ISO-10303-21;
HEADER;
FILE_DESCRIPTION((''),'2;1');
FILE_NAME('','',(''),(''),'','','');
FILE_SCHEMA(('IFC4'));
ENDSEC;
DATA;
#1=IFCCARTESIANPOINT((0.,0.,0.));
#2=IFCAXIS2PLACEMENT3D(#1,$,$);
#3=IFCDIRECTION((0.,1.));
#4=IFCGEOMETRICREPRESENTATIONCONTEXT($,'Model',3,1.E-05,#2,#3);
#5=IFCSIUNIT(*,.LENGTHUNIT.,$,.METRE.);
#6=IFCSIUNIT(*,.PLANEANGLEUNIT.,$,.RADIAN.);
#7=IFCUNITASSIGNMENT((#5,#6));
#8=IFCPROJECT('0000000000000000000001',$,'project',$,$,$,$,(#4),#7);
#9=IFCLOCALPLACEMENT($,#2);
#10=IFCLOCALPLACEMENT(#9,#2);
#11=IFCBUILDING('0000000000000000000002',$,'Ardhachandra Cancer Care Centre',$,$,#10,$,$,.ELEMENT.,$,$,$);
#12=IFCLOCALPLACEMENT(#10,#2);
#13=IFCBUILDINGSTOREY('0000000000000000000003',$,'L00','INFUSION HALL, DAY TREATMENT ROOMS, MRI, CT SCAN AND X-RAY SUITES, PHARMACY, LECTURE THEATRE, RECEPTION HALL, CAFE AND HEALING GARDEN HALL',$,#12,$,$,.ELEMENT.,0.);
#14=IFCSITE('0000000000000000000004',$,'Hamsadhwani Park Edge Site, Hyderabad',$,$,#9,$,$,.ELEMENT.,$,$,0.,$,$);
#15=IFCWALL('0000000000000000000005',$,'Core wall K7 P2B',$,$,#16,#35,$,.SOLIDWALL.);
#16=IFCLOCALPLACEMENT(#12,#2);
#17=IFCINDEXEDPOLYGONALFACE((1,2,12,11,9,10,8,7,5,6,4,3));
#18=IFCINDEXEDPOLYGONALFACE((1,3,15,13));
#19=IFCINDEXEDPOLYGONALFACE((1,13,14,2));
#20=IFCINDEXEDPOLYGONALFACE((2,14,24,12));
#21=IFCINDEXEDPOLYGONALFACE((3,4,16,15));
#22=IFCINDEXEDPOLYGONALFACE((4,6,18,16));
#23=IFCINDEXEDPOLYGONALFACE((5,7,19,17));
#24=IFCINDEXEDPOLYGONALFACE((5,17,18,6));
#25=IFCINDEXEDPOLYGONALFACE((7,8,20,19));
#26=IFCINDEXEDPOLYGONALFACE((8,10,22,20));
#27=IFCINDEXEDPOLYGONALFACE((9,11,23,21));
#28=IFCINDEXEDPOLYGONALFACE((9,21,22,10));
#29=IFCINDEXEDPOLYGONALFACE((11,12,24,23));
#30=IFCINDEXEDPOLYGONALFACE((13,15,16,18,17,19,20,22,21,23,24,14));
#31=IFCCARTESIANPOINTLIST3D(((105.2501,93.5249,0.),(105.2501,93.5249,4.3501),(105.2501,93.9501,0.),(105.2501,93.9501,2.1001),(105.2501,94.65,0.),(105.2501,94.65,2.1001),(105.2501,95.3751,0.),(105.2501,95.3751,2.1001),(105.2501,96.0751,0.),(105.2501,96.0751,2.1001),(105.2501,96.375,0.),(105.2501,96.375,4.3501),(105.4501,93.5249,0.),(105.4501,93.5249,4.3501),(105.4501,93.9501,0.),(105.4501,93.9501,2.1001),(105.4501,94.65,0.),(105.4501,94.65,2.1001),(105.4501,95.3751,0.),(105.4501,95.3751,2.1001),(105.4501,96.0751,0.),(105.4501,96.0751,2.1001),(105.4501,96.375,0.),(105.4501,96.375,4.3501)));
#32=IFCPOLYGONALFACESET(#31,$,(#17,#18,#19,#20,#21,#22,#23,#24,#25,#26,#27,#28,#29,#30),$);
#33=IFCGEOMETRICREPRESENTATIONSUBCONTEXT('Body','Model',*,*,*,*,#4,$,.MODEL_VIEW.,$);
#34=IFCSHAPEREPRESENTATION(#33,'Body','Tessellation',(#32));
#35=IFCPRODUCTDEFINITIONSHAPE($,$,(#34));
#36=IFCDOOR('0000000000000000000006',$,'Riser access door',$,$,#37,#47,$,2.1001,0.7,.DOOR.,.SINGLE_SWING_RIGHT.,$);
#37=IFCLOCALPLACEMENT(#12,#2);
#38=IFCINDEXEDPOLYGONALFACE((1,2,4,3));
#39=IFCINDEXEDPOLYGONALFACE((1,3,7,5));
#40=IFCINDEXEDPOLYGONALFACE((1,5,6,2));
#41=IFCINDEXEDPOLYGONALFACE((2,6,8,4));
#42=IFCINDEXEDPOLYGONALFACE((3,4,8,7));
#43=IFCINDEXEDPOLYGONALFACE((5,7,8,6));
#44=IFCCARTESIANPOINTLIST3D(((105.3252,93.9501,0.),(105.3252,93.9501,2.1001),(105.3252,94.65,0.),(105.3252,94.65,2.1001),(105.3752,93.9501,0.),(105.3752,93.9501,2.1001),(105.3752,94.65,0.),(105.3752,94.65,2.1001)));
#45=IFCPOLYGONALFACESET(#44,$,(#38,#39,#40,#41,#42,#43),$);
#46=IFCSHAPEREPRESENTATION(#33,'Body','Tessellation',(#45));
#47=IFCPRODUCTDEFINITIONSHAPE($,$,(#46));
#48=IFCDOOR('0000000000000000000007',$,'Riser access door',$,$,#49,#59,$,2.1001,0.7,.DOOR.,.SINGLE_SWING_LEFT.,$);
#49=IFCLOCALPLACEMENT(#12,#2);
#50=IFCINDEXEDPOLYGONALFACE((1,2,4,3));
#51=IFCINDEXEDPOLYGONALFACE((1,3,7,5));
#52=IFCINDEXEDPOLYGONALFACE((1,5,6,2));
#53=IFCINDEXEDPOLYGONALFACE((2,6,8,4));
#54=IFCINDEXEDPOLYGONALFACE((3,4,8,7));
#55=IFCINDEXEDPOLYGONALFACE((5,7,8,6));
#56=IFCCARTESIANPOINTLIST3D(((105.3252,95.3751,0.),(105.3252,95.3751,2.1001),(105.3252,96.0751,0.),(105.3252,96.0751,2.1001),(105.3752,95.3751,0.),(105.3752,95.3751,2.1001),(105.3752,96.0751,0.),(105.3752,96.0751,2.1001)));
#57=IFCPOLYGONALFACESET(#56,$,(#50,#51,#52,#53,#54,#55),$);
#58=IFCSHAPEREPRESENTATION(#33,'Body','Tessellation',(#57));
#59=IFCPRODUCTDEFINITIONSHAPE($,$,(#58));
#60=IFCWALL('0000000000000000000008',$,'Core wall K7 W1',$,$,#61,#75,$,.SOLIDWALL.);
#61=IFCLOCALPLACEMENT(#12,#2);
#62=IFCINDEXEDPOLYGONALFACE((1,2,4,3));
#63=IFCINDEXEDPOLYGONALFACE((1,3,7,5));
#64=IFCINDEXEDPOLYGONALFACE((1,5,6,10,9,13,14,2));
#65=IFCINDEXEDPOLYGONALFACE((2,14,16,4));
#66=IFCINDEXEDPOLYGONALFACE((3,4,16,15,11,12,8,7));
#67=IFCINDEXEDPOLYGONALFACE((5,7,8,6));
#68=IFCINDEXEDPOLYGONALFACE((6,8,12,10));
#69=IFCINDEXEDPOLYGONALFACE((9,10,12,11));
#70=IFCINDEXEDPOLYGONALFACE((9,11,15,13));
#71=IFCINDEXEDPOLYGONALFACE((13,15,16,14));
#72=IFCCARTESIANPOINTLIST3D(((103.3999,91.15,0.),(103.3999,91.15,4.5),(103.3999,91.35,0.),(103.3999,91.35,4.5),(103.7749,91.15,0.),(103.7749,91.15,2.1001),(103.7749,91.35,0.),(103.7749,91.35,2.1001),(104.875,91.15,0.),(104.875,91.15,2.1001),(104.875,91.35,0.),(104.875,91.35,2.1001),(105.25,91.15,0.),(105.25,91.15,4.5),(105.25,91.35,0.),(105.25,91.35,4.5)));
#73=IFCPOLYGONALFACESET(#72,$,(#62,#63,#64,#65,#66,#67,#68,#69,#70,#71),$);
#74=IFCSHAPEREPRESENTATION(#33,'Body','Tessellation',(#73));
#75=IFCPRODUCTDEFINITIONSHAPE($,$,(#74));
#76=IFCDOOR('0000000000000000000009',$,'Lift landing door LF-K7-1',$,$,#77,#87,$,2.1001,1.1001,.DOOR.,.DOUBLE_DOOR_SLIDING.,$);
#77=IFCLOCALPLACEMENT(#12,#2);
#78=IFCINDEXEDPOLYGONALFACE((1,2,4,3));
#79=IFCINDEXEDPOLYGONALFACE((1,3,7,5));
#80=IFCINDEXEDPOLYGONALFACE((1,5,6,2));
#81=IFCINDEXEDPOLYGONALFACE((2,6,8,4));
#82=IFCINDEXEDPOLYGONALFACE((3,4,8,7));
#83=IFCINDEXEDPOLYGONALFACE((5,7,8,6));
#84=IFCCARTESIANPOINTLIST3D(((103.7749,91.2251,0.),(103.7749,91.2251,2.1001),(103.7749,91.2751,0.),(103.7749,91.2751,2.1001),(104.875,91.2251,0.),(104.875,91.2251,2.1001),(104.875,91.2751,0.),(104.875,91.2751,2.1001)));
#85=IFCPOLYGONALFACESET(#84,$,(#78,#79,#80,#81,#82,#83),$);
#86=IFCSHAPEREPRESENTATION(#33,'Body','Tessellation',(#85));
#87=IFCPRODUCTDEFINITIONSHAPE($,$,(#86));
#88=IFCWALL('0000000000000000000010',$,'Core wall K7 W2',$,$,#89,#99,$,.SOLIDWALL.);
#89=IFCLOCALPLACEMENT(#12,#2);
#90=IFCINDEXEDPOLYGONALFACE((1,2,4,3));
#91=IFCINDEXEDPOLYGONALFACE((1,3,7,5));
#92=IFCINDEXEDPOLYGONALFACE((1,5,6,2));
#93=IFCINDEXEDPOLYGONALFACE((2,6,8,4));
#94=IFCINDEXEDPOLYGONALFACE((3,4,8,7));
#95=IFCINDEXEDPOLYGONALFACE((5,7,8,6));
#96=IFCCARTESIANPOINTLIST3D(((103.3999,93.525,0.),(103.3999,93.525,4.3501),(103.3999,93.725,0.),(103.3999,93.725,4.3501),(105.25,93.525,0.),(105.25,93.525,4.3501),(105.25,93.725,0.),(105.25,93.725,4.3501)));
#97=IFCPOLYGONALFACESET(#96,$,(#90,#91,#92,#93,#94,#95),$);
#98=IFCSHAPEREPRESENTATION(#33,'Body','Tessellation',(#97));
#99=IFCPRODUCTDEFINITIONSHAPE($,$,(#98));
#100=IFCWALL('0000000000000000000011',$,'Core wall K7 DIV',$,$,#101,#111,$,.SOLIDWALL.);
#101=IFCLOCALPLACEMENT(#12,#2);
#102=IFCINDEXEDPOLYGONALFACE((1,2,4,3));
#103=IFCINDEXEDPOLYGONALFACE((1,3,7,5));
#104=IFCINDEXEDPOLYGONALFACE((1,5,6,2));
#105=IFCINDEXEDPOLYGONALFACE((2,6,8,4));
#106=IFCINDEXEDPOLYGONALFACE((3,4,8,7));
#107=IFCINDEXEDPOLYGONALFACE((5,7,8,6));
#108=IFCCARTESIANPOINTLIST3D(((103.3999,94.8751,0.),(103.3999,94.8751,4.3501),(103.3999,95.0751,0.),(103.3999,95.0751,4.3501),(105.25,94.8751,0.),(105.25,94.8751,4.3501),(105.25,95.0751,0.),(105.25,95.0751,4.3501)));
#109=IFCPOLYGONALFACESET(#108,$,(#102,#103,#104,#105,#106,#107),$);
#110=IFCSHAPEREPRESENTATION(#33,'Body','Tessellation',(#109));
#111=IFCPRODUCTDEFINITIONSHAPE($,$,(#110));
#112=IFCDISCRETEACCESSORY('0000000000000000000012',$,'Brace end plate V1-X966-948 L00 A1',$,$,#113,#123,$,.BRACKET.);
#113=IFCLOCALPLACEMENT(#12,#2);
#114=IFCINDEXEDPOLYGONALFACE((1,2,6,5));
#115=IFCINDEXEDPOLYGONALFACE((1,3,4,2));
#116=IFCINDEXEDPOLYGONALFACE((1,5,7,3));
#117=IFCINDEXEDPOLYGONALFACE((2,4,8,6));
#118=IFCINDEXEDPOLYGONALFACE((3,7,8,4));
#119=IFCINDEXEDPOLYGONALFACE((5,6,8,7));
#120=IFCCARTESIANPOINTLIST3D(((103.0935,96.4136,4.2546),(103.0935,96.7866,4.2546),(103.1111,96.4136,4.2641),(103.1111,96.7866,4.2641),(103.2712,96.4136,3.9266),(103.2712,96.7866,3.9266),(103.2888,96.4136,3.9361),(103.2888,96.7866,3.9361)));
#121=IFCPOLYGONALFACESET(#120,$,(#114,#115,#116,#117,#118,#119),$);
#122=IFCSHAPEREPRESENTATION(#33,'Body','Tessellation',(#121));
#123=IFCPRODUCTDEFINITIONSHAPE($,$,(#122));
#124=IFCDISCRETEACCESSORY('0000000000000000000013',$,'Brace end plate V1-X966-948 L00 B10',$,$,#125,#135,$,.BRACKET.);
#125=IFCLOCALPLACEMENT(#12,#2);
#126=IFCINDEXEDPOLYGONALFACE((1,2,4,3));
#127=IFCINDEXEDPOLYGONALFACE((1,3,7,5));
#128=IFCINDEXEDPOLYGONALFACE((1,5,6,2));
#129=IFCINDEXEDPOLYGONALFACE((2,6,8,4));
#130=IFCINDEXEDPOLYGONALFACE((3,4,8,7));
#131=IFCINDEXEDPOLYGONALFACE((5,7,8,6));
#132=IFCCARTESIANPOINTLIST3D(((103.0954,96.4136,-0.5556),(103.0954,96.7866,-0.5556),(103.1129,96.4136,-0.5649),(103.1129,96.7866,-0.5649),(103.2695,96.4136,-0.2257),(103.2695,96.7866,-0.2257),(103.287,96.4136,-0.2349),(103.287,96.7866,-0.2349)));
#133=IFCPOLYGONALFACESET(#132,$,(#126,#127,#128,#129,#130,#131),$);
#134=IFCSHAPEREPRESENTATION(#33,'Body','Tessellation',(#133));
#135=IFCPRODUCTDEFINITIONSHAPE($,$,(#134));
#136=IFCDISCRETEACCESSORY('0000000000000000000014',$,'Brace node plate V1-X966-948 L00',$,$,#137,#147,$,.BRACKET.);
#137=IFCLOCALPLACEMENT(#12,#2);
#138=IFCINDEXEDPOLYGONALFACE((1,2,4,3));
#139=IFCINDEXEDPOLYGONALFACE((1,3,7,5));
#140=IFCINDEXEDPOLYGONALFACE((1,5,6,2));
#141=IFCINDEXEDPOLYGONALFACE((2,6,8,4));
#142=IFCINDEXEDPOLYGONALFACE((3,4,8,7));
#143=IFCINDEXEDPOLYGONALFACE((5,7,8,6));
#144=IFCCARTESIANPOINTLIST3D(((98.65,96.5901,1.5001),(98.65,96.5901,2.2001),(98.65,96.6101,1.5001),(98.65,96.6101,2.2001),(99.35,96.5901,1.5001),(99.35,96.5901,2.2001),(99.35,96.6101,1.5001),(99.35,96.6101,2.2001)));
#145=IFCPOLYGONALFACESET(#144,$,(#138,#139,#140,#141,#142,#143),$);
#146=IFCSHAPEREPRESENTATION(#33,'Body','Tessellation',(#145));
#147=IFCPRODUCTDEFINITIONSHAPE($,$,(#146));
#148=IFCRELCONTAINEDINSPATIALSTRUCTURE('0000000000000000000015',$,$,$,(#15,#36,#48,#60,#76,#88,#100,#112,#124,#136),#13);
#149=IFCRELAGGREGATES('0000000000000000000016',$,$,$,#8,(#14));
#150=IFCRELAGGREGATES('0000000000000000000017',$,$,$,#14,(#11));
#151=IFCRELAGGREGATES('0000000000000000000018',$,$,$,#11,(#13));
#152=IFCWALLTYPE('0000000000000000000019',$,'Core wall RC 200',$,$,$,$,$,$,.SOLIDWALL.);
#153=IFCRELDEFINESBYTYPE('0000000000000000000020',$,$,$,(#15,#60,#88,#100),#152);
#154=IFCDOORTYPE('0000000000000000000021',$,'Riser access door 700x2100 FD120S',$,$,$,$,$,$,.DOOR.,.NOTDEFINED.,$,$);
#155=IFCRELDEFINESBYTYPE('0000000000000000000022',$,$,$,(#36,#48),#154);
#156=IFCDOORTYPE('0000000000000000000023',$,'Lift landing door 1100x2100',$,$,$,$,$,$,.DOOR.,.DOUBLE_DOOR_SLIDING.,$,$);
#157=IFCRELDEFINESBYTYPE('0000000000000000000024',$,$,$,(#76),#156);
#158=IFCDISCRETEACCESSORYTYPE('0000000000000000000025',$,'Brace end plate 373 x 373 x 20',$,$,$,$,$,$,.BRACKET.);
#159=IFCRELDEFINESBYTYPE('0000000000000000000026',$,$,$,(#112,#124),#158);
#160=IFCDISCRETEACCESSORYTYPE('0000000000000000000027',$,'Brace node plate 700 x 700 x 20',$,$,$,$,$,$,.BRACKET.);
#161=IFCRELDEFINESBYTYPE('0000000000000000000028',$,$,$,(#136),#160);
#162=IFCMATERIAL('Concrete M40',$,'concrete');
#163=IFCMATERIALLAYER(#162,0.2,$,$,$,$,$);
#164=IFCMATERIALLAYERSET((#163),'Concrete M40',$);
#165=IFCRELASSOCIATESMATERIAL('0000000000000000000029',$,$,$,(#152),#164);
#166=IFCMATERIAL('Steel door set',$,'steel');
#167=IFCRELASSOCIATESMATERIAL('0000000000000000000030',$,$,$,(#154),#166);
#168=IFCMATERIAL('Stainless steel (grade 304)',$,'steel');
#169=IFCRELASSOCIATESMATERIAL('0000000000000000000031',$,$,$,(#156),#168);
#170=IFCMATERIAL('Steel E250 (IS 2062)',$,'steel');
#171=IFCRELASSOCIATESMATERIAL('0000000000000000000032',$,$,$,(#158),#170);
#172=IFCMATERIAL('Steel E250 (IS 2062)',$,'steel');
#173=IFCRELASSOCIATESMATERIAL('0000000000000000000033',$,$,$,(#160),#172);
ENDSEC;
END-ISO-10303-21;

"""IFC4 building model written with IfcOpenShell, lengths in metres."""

from ifc_helpers import new_model, si_unit, direction, frame, frame_2d, origin, origin_2d, place, context, subcontext, project, spatial, rectangle, extrude, material, layer, layer_set, material_profile, profile_set, type_object, element, fill, save


model = new_model("IFC4")

# Units and contexts
model_context = context("Model", 3, precision=1e-05, world=origin(), true_north=direction((0.0, 1.0)))
body_context = subcontext(model_context, "Body", "Model", "MODEL_VIEW")
ifc_project = project(units=[si_unit("LENGTHUNIT", "METRE"), si_unit("PLANEANGLEUNIT", "RADIAN")], contexts=[model_context])

# Site, building, storey
site_placement = place(None, origin())
site = spatial("IfcSite", under=ifc_project, at=site_placement, Name="Hamsadhwani Park Edge Site, Hyderabad", CompositionType="ELEMENT", RefElevation=0.0)
building_placement = place(site_placement, origin())
building = spatial("IfcBuilding", under=site, at=building_placement, Name="Ardhachandra Cancer Care Centre", CompositionType="ELEMENT")
storey_placement = place(building_placement, origin())
storey = spatial("IfcBuildingStorey", under=building, at=storey_placement, Name="L00", Description="INFUSION HALL, DAY TREATMENT ROOMS, MRI, CT SCAN AND X-RAY SUITES, PHARMACY, LECTURE THEATRE, RECEPTION HALL, CAFE AND HEALING GARDEN HALL", CompositionType="ELEMENT", Elevation=0.0)

# Wall, openings, doors
ifc_material_1 = material(Name="Concrete M40", Category="concrete")
ifc_layer_1 = layer(ifc_material_1, 0.2)
ifc_layer_set_1 = layer_set([ifc_layer_1], Name="Concrete M40")
wall_type = type_object("IfcWallType", Name="Core wall RC 200", PredefinedType="SOLIDWALL", material=ifc_layer_set_1)
wall_1_placement = place(storey_placement, frame((105.3501, 93.5249, 0.0), z_axis=(0.0, 0.0, 1.0), x_axis=(0.0, 1.0, 0.0)))
wall_1 = element("IfcWall", 1, at=wall_1_placement, inside=storey, type_object=wall_type, Name="Core wall K7 P2B", PredefinedType="SOLIDWALL", context=body_context, shape_type="SweptSolid", body=[
    extrude(rectangle(XDim=2.8501, YDim=0.2, at=frame_2d((1.425, 0.0))), origin(), (0.0, 0.0, 1.0), 4.3501),
])
opening_1_placement = place(wall_1_placement, frame((0.425, 0.0, 0.0)))
opening_1 = element("IfcOpeningElement", 2, at=opening_1_placement, cuts=wall_1, PredefinedType="OPENING", context=body_context, shape_type="SweptSolid", body=[
    extrude(rectangle(XDim=0.7, YDim=2.1001, at=frame_2d((0.3501, 1.05))), frame((0.0, 0.1099, 0.0), z_axis=(0.0, -1.0, 0.0), x_axis=(1.0, 0.0, 0.0)), (0.0, 0.0, 1.0), 0.22),
])
opening_2_placement = place(wall_1_placement, frame((1.8501, 0.0, 0.0)))
opening_2 = element("IfcOpeningElement", 3, at=opening_2_placement, cuts=wall_1, PredefinedType="OPENING", context=body_context, shape_type="SweptSolid", body=[
    extrude(rectangle(XDim=0.7, YDim=2.1001, at=frame_2d((0.3501, 1.05))), frame((0.0, 0.1099, 0.0), z_axis=(0.0, -1.0, 0.0), x_axis=(1.0, 0.0, 0.0)), (0.0, 0.0, 1.0), 0.22),
])
ifc_material_2 = material(Name="Steel door set", Category="steel")
door_type_1 = type_object("IfcDoorType", Name="Riser access door 700x2100 FD120S", OperationType="NOTDEFINED", PredefinedType="DOOR", material=ifc_material_2)
door_1_placement = place(opening_1_placement, origin())
door_1 = element("IfcDoor", 4, at=door_1_placement, inside=storey, type_object=door_type_1, Name="Riser access door", OperationType="SINGLE_SWING_RIGHT", OverallHeight=2.1001, OverallWidth=0.7, PredefinedType="DOOR", context=body_context, shape_type="SweptSolid", body=[
    extrude(rectangle(XDim=0.7, YDim=2.1001, at=frame_2d((0.3501, 1.05))), frame((0.0, 0.0249, 0.0), z_axis=(0.0, -1.0, 0.0), x_axis=(1.0, 0.0, 0.0)), (0.0, 0.0, 1.0), 0.05),
])
fill(opening_1, door_1)
door_2_placement = place(opening_2_placement, origin())
door_2 = element("IfcDoor", 5, at=door_2_placement, inside=storey, type_object=door_type_1, Name="Riser access door", OperationType="SINGLE_SWING_LEFT", OverallHeight=2.1001, OverallWidth=0.7, PredefinedType="DOOR", context=body_context, shape_type="SweptSolid", body=[
    extrude(rectangle(XDim=0.7, YDim=2.1001, at=frame_2d((0.3501, 1.05))), frame((0.0, 0.0249, 0.0), z_axis=(0.0, -1.0, 0.0), x_axis=(1.0, 0.0, 0.0)), (0.0, 0.0, 1.0), 0.05),
])
fill(opening_2, door_2)

# Wall, opening, door
wall_2_placement = place(storey_placement, frame((105.25, 91.25, 0.0), z_axis=(0.0, 0.0, 1.0), x_axis=(-1.0, 0.0, 0.0)))
wall_2 = element("IfcWall", 6, at=wall_2_placement, inside=storey, type_object=wall_type, Name="Core wall K7 W1", PredefinedType="SOLIDWALL", context=body_context, shape_type="SweptSolid", body=[
    extrude(rectangle(XDim=1.8501, YDim=0.2, at=frame_2d((0.925, 0.0))), origin(), (0.0, 0.0, 1.0), 4.5),
])
opening_3_placement = place(wall_2_placement, frame((0.375, 0.0, 0.0)))
opening_3 = element("IfcOpeningElement", 7, at=opening_3_placement, cuts=wall_2, PredefinedType="OPENING", context=body_context, shape_type="SweptSolid", body=[
    extrude(rectangle(XDim=1.1001, YDim=2.1001, at=frame_2d((0.55, 1.05))), frame((0.0, 0.1099, 0.0), z_axis=(0.0, -1.0, 0.0), x_axis=(1.0, 0.0, 0.0)), (0.0, 0.0, 1.0), 0.22),
])
ifc_material_3 = material(Name="Stainless steel (grade 304)", Category="steel")
door_type_2 = type_object("IfcDoorType", Name="Lift landing door 1100x2100", OperationType="DOUBLE_DOOR_SLIDING", PredefinedType="DOOR", material=ifc_material_3)
door_3_placement = place(opening_3_placement, origin())
door_3 = element("IfcDoor", 8, at=door_3_placement, inside=storey, type_object=door_type_2, Name="Lift landing door LF-K7-1", OperationType="DOUBLE_DOOR_SLIDING", OverallHeight=2.1001, OverallWidth=1.1001, PredefinedType="DOOR", context=body_context, shape_type="SweptSolid", body=[
    extrude(rectangle(XDim=1.1001, YDim=2.1001, at=frame_2d((0.55, 1.05))), frame((0.0, 0.0249, 0.0), z_axis=(0.0, -1.0, 0.0), x_axis=(1.0, 0.0, 0.0)), (0.0, 0.0, 1.0), 0.05),
])
fill(opening_3, door_3)

# Walls
for number, where, z_axis, x_axis, name in (
    (9, (105.25, 93.625, 0.0), (0.0, 0.0, 1.0), (-1.0, 0.0, 0.0), "Core wall K7 W2"),
    (10, (105.25, 94.9751, 0.0), (0.0, 0.0, 1.0), (-1.0, 0.0, 0.0), "Core wall K7 DIV"),
):
    element("IfcWall", number, at=place(storey_placement, frame(where, z_axis=z_axis, x_axis=x_axis)), inside=storey, type_object=wall_type, Name=name, PredefinedType="SOLIDWALL", context=body_context, shape_type="SweptSolid", body=[
        extrude(rectangle(XDim=1.8501, YDim=0.2, at=frame_2d((0.925, 0.0))), origin(), (0.0, 0.0, 1.0), 4.3501),
    ])

# Discrete accessories
ifc_material_4 = material(Name="Steel E250 (IS 2062)", Category="steel")
ifc_material_profile_1 = material_profile(ifc_material_4, rectangle(XDim=0.373, YDim=0.373, at=origin_2d()), Name="PL 373x373x20")
ifc_profile_set_1 = profile_set([ifc_material_profile_1], Name="Steel E250 (IS 2062)")
discrete_accessory_type_1 = type_object("IfcDiscreteAccessoryType", Name="Brace end plate 373 x 373 x 20", PredefinedType="BRACKET", material=ifc_profile_set_1)
discrete_accessory_1_placement = place(storey_placement, frame((103.2, 96.6001, 4.1001), z_axis=(-0.879292, 0.0, -0.476283), x_axis=(0.0, -1.0, 0.0)))
element("IfcDiscreteAccessory", 11, at=discrete_accessory_1_placement, inside=storey, type_object=discrete_accessory_type_1, Name="Brace end plate V1-X966-948 L00 A1", PredefinedType="BRACKET", context=body_context, shape_type="SweptSolid", body=[
    extrude(rectangle(XDim=0.373, YDim=0.373, at=origin_2d()), origin(), (0.0, 0.0, 1.0), 0.02),
])
discrete_accessory_2_placement = place(storey_placement, frame((103.2, 96.6001, -0.3999), z_axis=(-0.884385, 0.0, 0.466759), x_axis=(0.0, -1.0, 0.0)))
element("IfcDiscreteAccessory", 12, at=discrete_accessory_2_placement, inside=storey, type_object=discrete_accessory_type_1, Name="Brace end plate V1-X966-948 L00 B10", PredefinedType="BRACKET", context=body_context, shape_type="SweptSolid", body=[
    extrude(rectangle(XDim=0.373, YDim=0.373, at=origin_2d()), origin(), (0.0, 0.0, 1.0), 0.0198),
])
ifc_material_5 = material(Name="Steel E250 (IS 2062)", Category="steel")
ifc_material_profile_2 = material_profile(ifc_material_5, rectangle(XDim=0.7, YDim=0.7, at=origin_2d()), Name="PL 700x700x20")
ifc_profile_set_2 = profile_set([ifc_material_profile_2], Name="Steel E250 (IS 2062)")
discrete_accessory_type_2 = type_object("IfcDiscreteAccessoryType", Name="Brace node plate 700 x 700 x 20", PredefinedType="BRACKET", material=ifc_profile_set_2)
discrete_accessory_3_placement = place(storey_placement, frame((99.0, 96.5901, 1.8501), z_axis=(0.0, 1.0, 0.0), x_axis=(-1.0, 0.0, 0.0)))
element("IfcDiscreteAccessory", 13, at=discrete_accessory_3_placement, inside=storey, type_object=discrete_accessory_type_2, Name="Brace node plate V1-X966-948 L00", PredefinedType="BRACKET", context=body_context, shape_type="SweptSolid", body=[
    extrude(rectangle(XDim=0.7, YDim=0.7, at=origin_2d()), origin(), (0.0, 0.0, 1.0), 0.02),
])

save(model, "model.ifc")
